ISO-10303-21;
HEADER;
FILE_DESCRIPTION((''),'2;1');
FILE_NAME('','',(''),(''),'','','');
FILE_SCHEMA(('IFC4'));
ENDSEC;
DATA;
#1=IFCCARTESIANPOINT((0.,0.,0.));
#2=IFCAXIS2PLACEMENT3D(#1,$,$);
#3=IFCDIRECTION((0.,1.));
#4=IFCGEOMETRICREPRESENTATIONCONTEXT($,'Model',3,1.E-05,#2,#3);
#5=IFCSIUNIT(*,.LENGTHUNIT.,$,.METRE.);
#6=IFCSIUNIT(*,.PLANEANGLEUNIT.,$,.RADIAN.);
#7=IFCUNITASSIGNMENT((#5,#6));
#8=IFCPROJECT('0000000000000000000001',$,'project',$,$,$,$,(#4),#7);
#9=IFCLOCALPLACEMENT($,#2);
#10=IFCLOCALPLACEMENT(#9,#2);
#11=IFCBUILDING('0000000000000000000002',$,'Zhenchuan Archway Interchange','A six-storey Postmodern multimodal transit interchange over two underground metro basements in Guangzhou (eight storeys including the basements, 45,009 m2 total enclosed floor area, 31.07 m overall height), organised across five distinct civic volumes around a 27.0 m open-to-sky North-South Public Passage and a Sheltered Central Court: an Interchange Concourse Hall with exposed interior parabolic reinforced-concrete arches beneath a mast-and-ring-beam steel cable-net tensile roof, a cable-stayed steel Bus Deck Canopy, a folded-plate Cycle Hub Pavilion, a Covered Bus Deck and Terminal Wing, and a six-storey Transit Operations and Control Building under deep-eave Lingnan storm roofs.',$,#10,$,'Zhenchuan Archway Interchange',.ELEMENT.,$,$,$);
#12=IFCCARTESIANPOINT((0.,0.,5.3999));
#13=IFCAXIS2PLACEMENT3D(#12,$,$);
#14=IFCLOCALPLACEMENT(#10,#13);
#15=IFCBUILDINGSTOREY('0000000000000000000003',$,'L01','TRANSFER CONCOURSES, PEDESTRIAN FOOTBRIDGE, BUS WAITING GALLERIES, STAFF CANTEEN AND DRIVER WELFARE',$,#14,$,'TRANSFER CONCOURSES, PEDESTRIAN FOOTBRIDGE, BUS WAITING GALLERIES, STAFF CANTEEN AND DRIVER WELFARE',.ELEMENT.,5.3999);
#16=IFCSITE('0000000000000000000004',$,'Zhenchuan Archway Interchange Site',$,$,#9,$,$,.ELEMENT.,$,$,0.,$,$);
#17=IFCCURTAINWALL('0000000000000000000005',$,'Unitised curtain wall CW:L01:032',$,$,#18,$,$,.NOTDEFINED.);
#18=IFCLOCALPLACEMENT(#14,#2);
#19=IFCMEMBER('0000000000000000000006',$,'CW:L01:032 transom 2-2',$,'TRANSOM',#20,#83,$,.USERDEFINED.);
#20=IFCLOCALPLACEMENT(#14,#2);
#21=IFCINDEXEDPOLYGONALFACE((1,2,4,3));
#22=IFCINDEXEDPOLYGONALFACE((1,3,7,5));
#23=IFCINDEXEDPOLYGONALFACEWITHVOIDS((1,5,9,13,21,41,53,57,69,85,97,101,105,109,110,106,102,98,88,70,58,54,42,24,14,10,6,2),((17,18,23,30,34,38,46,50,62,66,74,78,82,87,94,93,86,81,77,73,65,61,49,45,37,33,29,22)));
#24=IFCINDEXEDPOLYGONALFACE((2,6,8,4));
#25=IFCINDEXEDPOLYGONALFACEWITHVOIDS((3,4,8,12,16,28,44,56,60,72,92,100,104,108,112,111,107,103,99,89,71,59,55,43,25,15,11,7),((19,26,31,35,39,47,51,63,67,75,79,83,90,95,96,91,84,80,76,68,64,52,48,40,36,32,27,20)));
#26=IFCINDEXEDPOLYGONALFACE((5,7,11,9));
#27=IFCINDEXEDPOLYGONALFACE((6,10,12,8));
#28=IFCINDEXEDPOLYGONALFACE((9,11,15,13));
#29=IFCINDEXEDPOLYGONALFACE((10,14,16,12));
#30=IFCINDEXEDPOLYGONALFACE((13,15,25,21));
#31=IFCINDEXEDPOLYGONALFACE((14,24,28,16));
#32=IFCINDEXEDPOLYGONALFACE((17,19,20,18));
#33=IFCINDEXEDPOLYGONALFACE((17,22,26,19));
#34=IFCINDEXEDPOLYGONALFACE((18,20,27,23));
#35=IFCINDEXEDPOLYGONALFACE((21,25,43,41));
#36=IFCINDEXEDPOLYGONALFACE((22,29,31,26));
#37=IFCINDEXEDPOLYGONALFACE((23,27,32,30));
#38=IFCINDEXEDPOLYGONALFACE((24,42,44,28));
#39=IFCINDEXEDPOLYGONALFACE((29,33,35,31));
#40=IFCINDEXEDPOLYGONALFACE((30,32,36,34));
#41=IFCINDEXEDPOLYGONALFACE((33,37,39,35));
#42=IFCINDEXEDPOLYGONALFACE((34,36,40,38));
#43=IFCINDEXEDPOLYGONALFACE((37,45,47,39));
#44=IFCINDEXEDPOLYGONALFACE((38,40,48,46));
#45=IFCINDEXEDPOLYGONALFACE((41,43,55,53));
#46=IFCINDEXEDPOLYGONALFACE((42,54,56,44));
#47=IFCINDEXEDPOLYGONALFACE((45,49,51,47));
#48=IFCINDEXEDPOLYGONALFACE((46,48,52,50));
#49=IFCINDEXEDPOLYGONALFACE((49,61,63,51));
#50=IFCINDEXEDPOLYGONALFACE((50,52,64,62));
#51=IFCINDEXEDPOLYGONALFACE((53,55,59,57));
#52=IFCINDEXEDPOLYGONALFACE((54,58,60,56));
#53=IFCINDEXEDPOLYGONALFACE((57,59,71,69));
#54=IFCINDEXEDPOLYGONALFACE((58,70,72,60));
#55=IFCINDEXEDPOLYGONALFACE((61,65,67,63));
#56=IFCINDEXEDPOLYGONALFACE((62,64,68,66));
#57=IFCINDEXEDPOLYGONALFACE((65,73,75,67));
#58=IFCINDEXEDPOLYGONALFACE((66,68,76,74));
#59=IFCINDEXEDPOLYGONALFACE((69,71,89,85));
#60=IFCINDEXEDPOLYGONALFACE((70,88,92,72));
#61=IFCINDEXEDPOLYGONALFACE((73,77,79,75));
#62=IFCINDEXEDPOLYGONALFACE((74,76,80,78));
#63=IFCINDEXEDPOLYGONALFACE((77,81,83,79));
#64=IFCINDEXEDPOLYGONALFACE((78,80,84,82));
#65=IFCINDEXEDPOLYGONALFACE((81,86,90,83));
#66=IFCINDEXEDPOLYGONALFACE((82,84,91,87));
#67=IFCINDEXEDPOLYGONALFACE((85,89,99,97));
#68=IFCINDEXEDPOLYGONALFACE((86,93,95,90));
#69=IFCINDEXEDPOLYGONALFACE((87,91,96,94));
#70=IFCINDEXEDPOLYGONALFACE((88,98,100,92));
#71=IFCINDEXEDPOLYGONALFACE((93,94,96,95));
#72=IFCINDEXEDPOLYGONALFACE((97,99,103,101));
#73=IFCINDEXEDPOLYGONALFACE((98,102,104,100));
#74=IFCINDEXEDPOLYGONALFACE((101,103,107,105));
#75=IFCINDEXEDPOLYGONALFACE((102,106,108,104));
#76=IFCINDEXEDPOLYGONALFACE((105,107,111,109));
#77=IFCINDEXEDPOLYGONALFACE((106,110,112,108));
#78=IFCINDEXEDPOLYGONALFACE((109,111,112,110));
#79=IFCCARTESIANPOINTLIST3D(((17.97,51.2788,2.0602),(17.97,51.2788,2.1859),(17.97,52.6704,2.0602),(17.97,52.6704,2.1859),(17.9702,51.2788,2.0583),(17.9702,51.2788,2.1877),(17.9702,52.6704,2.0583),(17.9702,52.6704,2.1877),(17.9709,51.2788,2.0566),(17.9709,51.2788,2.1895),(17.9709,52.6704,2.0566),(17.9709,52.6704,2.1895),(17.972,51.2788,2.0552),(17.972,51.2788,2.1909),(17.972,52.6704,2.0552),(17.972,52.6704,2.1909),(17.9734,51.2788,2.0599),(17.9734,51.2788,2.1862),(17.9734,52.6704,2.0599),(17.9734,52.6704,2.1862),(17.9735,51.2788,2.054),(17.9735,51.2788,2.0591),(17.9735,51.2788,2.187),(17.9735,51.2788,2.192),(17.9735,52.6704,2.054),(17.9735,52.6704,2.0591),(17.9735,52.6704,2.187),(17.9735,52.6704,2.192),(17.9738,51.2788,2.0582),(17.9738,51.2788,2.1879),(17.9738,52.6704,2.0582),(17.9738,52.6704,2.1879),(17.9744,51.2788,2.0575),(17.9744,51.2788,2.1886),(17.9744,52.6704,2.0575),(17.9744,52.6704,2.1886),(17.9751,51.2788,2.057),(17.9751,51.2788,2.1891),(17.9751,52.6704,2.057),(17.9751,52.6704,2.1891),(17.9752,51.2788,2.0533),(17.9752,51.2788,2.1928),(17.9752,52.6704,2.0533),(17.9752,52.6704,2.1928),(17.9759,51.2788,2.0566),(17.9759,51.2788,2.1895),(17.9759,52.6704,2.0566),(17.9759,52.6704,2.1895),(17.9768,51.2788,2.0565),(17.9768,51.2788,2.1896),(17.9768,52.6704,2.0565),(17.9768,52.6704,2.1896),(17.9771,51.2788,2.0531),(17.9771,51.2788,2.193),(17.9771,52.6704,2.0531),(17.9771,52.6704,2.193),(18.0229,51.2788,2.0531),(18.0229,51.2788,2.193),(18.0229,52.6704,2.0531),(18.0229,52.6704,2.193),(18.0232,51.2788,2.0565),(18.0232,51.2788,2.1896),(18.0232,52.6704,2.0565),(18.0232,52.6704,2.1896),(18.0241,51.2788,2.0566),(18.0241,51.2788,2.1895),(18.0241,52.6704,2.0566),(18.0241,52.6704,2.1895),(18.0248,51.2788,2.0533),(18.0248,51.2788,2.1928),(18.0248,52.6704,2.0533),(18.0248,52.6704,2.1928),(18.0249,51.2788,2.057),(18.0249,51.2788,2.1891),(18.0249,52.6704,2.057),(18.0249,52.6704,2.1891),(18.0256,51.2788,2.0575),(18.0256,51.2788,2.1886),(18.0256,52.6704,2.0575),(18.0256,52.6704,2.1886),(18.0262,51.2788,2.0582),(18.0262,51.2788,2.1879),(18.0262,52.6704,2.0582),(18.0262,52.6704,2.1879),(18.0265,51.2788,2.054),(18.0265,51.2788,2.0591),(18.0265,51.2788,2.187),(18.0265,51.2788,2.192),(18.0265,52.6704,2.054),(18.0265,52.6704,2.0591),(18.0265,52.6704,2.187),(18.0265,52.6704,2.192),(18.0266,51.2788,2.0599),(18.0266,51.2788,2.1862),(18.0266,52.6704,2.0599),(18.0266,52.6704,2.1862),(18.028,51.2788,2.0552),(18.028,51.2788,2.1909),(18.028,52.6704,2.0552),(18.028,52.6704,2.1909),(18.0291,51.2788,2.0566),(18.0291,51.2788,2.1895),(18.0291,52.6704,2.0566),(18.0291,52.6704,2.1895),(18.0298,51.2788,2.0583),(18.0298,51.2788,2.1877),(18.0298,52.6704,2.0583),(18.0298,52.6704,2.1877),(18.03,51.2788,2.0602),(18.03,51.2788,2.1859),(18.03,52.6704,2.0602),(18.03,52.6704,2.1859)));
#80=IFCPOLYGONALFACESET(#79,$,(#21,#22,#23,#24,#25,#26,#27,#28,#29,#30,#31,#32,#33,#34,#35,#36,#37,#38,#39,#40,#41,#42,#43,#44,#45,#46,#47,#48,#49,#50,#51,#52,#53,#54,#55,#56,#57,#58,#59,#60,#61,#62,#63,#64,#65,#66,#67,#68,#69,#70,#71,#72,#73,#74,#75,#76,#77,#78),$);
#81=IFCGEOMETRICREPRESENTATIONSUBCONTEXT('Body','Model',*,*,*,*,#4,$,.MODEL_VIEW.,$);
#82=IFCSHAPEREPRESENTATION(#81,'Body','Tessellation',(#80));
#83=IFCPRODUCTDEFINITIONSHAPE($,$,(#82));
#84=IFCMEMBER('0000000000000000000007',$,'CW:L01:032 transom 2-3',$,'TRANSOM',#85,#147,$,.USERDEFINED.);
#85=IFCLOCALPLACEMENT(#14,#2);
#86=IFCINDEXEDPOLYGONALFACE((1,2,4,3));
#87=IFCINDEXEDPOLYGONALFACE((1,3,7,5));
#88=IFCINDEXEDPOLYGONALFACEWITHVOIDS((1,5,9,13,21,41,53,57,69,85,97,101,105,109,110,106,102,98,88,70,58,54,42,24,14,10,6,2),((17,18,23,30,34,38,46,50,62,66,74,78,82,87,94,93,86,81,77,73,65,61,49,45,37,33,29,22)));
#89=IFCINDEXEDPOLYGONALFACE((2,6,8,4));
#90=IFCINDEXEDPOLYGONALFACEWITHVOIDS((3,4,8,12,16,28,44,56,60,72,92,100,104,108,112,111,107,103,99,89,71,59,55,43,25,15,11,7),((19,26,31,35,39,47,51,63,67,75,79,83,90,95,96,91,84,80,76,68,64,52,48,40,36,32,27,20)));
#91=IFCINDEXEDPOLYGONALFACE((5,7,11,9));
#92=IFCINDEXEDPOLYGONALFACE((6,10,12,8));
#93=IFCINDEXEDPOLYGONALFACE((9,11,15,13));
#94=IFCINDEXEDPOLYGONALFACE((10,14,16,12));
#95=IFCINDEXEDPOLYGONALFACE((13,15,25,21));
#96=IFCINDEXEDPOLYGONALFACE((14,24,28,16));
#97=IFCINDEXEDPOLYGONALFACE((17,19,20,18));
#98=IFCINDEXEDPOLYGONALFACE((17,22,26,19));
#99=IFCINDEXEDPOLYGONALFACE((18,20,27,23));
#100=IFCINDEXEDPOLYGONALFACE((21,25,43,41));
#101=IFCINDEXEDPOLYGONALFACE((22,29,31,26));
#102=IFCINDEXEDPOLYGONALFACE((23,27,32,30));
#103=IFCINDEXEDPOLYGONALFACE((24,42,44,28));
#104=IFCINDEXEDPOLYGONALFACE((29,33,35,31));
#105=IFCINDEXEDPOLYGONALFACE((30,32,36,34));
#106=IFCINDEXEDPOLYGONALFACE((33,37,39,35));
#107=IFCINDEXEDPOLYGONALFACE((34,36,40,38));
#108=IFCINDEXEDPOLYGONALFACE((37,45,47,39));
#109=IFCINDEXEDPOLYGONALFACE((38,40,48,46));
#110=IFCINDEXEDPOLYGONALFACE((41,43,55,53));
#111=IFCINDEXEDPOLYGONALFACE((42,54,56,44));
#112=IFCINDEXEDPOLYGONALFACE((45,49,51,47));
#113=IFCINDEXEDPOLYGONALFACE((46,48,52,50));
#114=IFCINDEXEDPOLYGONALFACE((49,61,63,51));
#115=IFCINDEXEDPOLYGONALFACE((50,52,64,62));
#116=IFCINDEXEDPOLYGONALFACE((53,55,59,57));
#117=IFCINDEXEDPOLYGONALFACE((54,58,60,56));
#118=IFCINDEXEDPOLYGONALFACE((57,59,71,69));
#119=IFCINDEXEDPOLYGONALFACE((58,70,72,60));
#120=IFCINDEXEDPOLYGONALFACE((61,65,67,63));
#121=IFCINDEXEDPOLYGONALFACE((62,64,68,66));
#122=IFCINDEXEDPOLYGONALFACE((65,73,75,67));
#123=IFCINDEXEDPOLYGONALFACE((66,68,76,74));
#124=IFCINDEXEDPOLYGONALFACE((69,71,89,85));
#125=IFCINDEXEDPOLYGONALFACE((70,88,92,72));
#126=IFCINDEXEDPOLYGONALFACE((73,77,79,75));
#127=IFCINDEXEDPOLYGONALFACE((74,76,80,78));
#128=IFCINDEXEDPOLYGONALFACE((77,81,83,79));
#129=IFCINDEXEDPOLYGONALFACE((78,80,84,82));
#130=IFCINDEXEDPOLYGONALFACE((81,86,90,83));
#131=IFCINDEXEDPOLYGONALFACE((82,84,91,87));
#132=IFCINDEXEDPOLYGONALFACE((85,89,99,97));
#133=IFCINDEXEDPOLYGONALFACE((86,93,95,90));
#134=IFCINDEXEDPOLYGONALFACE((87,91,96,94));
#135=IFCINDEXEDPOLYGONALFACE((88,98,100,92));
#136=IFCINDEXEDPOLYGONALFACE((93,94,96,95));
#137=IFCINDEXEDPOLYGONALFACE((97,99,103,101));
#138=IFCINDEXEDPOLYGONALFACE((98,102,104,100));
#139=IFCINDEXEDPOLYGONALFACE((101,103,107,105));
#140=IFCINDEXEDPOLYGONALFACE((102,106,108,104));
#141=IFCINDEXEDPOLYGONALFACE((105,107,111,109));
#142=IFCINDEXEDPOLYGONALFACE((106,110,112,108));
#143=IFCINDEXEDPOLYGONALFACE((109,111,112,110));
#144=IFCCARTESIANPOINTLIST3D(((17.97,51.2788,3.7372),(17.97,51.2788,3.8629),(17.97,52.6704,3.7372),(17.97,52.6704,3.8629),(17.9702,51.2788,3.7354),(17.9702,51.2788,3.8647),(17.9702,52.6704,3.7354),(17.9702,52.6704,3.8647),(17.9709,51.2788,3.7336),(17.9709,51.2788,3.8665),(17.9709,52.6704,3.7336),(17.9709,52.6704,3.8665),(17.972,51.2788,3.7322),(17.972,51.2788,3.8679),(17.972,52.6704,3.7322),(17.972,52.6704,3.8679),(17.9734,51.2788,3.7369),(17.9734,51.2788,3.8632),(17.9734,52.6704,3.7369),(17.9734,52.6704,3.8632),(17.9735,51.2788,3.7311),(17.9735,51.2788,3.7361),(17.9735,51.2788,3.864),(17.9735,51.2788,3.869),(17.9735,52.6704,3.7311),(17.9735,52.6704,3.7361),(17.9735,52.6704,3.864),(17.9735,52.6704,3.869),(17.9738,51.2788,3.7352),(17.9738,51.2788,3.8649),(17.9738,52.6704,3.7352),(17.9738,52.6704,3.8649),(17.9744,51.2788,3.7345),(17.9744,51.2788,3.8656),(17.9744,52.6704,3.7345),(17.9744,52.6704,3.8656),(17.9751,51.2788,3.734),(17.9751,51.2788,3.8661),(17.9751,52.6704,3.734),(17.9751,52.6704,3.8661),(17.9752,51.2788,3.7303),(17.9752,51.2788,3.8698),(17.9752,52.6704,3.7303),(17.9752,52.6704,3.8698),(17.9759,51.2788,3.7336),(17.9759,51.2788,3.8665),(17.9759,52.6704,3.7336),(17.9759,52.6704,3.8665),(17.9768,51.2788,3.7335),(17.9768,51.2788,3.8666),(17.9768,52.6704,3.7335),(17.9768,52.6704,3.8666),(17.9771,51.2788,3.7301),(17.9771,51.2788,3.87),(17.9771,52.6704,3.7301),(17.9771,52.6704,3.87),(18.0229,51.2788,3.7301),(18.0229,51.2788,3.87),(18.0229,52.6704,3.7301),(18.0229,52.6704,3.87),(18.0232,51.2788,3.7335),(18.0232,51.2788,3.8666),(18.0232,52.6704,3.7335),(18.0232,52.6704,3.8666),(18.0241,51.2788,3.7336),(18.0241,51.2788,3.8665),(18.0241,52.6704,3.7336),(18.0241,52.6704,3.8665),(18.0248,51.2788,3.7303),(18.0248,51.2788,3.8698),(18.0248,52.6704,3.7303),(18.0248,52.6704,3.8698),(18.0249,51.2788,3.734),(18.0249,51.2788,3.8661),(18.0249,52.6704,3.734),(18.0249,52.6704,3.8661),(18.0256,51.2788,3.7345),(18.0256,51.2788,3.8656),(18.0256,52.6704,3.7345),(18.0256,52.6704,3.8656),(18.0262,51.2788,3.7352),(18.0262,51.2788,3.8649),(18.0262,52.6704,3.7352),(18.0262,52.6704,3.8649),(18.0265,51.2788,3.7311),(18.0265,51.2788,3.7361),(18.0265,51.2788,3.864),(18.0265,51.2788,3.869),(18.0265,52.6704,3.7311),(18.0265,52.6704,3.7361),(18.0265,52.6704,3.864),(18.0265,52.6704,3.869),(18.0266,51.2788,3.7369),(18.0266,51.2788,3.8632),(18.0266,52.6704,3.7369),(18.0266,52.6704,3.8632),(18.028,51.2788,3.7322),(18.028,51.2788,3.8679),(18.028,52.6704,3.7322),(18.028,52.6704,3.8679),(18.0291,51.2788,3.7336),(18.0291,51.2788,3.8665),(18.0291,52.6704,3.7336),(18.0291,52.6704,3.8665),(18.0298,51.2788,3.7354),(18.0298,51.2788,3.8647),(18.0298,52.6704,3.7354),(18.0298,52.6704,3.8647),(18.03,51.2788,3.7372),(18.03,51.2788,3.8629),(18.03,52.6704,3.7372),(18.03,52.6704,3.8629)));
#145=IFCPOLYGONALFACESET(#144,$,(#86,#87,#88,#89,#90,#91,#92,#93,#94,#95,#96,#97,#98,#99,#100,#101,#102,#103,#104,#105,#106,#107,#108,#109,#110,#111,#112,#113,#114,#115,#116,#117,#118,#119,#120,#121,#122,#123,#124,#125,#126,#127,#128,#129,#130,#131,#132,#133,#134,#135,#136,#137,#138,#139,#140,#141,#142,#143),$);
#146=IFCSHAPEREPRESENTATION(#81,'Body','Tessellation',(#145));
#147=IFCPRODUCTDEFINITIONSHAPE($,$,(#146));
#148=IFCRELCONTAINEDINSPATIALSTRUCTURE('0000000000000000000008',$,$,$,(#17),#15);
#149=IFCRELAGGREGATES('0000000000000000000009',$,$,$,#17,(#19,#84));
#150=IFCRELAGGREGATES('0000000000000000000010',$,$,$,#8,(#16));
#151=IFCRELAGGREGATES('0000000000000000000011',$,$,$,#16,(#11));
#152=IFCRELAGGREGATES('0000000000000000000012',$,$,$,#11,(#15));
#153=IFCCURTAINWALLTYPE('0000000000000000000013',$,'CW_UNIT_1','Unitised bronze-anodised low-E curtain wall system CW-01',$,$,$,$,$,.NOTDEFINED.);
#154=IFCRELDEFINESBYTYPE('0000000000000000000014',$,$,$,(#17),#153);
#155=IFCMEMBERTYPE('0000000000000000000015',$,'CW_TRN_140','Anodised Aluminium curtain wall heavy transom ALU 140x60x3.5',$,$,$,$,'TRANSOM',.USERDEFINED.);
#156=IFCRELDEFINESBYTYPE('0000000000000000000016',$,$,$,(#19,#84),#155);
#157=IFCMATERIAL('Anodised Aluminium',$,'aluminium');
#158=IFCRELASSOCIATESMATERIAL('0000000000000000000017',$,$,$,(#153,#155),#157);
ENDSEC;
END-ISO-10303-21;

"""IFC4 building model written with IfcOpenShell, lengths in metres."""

from ifc_helpers import new_model, si_unit, direction, frame, origin, origin_2d, place, context, subcontext, project, spatial, hollow_rectangle, extrude, material, material_profile, profile_set, type_object, element, aggregate, save


model = new_model("IFC4")

# Units and contexts
model_context = context("Model", 3, precision=1e-05, world=origin(), true_north=direction((0.0, 1.0)))
body_context = subcontext(model_context, "Body", "Model", "MODEL_VIEW")
ifc_project = project(units=[si_unit("LENGTHUNIT", "METRE"), si_unit("PLANEANGLEUNIT", "RADIAN")], contexts=[model_context])

# Site, building, storey
site_placement = place(None, origin())
site = spatial("IfcSite", under=ifc_project, at=site_placement, Name="Zhenchuan Archway Interchange Site", CompositionType="ELEMENT", RefElevation=0.0)
building_placement = place(site_placement, origin())
building = spatial("IfcBuilding", under=site, at=building_placement, Name="Zhenchuan Archway Interchange", Description="A six-storey Postmodern multimodal transit interchange over two underground metro basements in Guangzhou (eight storeys including the basements, 45,009 m2 total enclosed floor area, 31.07 m overall height), organised across five distinct civic volumes around a 27.0 m open-to-sky North-South Public Passage and a Sheltered Central Court: an Interchange Concourse Hall with exposed interior parabolic reinforced-concrete arches beneath a mast-and-ring-beam steel cable-net tensile roof, a cable-stayed steel Bus Deck Canopy, a folded-plate Cycle Hub Pavilion, a Covered Bus Deck and Terminal Wing, and a six-storey Transit Operations and Control Building under deep-eave Lingnan storm roofs.", LongName="Zhenchuan Archway Interchange", CompositionType="ELEMENT")
storey_placement = place(building_placement, frame((0.0, 0.0, 5.3999)))
storey = spatial("IfcBuildingStorey", under=building, at=storey_placement, Name="L01", Description="TRANSFER CONCOURSES, PEDESTRIAN FOOTBRIDGE, BUS WAITING GALLERIES, STAFF CANTEEN AND DRIVER WELFARE", LongName="TRANSFER CONCOURSES, PEDESTRIAN FOOTBRIDGE, BUS WAITING GALLERIES, STAFF CANTEEN AND DRIVER WELFARE", CompositionType="ELEMENT", Elevation=5.3999)

# Shared definitions
ifc_material_1 = material(Name="Anodised Aluminium", Category="aluminium")

# Curtain wall, members
curtain_wall_type_1 = type_object("IfcCurtainWallType", Name="CW_UNIT_1", Description="Unitised bronze-anodised low-E curtain wall system CW-01", PredefinedType="NOTDEFINED", material=ifc_material_1)
curtain_wall_1_placement = place(storey_placement, origin())
curtain_wall_1 = element("IfcCurtainWall", 1, at=curtain_wall_1_placement, inside=storey, type_object=curtain_wall_type_1, Name="Unitised curtain wall CW:L01:032", PredefinedType="NOTDEFINED")
ifc_material_profile_1 = material_profile(ifc_material_1, hollow_rectangle(XDim=0.0601, YDim=0.1399, WallThickness=0.0034, InnerFilletRadius=0.0034, OuterFilletRadius=0.0071, at=origin_2d()), Name="ALU 140x60x3.5")
ifc_profile_set_1 = profile_set([ifc_material_profile_1], Name="Anodised Aluminium")
member_type_1 = type_object("IfcMemberType", Name="CW_TRN_140", Description="Anodised Aluminium curtain wall heavy transom ALU 140x60x3.5", ElementType="TRANSOM", PredefinedType="USERDEFINED", material=ifc_profile_set_1)
member_1_placement = place(storey_placement, frame((18.0, 51.2788, 2.123), z_axis=(0.0, 1.0, 0.0), x_axis=(-1.0, 0.0, 0.0)))
member_1 = element("IfcMember", 2, at=member_1_placement, type_object=member_type_1, Name="CW:L01:032 transom 2-2", ObjectType="TRANSOM", PredefinedType="USERDEFINED", context=body_context, shape_type="SweptSolid", body=[
    extrude(hollow_rectangle(XDim=0.0601, YDim=0.1399, WallThickness=0.0034, InnerFilletRadius=0.0034, OuterFilletRadius=0.0071, at=origin_2d()), origin(), (0.0, 0.0, 1.0), 1.3916),
])
member_2_placement = place(storey_placement, frame((18.0, 51.2788, 3.8), z_axis=(0.0, 1.0, 0.0), x_axis=(-1.0, 0.0, 0.0)))
member_2 = element("IfcMember", 3, at=member_2_placement, type_object=member_type_1, Name="CW:L01:032 transom 2-3", ObjectType="TRANSOM", PredefinedType="USERDEFINED", context=body_context, shape_type="SweptSolid", body=[
    extrude(hollow_rectangle(XDim=0.0601, YDim=0.1399, WallThickness=0.0034, InnerFilletRadius=0.0034, OuterFilletRadius=0.0071, at=origin_2d()), origin(), (0.0, 0.0, 1.0), 1.3916),
])

aggregate(curtain_wall_1, [member_1, member_2])

save(model, "model.ifc")
